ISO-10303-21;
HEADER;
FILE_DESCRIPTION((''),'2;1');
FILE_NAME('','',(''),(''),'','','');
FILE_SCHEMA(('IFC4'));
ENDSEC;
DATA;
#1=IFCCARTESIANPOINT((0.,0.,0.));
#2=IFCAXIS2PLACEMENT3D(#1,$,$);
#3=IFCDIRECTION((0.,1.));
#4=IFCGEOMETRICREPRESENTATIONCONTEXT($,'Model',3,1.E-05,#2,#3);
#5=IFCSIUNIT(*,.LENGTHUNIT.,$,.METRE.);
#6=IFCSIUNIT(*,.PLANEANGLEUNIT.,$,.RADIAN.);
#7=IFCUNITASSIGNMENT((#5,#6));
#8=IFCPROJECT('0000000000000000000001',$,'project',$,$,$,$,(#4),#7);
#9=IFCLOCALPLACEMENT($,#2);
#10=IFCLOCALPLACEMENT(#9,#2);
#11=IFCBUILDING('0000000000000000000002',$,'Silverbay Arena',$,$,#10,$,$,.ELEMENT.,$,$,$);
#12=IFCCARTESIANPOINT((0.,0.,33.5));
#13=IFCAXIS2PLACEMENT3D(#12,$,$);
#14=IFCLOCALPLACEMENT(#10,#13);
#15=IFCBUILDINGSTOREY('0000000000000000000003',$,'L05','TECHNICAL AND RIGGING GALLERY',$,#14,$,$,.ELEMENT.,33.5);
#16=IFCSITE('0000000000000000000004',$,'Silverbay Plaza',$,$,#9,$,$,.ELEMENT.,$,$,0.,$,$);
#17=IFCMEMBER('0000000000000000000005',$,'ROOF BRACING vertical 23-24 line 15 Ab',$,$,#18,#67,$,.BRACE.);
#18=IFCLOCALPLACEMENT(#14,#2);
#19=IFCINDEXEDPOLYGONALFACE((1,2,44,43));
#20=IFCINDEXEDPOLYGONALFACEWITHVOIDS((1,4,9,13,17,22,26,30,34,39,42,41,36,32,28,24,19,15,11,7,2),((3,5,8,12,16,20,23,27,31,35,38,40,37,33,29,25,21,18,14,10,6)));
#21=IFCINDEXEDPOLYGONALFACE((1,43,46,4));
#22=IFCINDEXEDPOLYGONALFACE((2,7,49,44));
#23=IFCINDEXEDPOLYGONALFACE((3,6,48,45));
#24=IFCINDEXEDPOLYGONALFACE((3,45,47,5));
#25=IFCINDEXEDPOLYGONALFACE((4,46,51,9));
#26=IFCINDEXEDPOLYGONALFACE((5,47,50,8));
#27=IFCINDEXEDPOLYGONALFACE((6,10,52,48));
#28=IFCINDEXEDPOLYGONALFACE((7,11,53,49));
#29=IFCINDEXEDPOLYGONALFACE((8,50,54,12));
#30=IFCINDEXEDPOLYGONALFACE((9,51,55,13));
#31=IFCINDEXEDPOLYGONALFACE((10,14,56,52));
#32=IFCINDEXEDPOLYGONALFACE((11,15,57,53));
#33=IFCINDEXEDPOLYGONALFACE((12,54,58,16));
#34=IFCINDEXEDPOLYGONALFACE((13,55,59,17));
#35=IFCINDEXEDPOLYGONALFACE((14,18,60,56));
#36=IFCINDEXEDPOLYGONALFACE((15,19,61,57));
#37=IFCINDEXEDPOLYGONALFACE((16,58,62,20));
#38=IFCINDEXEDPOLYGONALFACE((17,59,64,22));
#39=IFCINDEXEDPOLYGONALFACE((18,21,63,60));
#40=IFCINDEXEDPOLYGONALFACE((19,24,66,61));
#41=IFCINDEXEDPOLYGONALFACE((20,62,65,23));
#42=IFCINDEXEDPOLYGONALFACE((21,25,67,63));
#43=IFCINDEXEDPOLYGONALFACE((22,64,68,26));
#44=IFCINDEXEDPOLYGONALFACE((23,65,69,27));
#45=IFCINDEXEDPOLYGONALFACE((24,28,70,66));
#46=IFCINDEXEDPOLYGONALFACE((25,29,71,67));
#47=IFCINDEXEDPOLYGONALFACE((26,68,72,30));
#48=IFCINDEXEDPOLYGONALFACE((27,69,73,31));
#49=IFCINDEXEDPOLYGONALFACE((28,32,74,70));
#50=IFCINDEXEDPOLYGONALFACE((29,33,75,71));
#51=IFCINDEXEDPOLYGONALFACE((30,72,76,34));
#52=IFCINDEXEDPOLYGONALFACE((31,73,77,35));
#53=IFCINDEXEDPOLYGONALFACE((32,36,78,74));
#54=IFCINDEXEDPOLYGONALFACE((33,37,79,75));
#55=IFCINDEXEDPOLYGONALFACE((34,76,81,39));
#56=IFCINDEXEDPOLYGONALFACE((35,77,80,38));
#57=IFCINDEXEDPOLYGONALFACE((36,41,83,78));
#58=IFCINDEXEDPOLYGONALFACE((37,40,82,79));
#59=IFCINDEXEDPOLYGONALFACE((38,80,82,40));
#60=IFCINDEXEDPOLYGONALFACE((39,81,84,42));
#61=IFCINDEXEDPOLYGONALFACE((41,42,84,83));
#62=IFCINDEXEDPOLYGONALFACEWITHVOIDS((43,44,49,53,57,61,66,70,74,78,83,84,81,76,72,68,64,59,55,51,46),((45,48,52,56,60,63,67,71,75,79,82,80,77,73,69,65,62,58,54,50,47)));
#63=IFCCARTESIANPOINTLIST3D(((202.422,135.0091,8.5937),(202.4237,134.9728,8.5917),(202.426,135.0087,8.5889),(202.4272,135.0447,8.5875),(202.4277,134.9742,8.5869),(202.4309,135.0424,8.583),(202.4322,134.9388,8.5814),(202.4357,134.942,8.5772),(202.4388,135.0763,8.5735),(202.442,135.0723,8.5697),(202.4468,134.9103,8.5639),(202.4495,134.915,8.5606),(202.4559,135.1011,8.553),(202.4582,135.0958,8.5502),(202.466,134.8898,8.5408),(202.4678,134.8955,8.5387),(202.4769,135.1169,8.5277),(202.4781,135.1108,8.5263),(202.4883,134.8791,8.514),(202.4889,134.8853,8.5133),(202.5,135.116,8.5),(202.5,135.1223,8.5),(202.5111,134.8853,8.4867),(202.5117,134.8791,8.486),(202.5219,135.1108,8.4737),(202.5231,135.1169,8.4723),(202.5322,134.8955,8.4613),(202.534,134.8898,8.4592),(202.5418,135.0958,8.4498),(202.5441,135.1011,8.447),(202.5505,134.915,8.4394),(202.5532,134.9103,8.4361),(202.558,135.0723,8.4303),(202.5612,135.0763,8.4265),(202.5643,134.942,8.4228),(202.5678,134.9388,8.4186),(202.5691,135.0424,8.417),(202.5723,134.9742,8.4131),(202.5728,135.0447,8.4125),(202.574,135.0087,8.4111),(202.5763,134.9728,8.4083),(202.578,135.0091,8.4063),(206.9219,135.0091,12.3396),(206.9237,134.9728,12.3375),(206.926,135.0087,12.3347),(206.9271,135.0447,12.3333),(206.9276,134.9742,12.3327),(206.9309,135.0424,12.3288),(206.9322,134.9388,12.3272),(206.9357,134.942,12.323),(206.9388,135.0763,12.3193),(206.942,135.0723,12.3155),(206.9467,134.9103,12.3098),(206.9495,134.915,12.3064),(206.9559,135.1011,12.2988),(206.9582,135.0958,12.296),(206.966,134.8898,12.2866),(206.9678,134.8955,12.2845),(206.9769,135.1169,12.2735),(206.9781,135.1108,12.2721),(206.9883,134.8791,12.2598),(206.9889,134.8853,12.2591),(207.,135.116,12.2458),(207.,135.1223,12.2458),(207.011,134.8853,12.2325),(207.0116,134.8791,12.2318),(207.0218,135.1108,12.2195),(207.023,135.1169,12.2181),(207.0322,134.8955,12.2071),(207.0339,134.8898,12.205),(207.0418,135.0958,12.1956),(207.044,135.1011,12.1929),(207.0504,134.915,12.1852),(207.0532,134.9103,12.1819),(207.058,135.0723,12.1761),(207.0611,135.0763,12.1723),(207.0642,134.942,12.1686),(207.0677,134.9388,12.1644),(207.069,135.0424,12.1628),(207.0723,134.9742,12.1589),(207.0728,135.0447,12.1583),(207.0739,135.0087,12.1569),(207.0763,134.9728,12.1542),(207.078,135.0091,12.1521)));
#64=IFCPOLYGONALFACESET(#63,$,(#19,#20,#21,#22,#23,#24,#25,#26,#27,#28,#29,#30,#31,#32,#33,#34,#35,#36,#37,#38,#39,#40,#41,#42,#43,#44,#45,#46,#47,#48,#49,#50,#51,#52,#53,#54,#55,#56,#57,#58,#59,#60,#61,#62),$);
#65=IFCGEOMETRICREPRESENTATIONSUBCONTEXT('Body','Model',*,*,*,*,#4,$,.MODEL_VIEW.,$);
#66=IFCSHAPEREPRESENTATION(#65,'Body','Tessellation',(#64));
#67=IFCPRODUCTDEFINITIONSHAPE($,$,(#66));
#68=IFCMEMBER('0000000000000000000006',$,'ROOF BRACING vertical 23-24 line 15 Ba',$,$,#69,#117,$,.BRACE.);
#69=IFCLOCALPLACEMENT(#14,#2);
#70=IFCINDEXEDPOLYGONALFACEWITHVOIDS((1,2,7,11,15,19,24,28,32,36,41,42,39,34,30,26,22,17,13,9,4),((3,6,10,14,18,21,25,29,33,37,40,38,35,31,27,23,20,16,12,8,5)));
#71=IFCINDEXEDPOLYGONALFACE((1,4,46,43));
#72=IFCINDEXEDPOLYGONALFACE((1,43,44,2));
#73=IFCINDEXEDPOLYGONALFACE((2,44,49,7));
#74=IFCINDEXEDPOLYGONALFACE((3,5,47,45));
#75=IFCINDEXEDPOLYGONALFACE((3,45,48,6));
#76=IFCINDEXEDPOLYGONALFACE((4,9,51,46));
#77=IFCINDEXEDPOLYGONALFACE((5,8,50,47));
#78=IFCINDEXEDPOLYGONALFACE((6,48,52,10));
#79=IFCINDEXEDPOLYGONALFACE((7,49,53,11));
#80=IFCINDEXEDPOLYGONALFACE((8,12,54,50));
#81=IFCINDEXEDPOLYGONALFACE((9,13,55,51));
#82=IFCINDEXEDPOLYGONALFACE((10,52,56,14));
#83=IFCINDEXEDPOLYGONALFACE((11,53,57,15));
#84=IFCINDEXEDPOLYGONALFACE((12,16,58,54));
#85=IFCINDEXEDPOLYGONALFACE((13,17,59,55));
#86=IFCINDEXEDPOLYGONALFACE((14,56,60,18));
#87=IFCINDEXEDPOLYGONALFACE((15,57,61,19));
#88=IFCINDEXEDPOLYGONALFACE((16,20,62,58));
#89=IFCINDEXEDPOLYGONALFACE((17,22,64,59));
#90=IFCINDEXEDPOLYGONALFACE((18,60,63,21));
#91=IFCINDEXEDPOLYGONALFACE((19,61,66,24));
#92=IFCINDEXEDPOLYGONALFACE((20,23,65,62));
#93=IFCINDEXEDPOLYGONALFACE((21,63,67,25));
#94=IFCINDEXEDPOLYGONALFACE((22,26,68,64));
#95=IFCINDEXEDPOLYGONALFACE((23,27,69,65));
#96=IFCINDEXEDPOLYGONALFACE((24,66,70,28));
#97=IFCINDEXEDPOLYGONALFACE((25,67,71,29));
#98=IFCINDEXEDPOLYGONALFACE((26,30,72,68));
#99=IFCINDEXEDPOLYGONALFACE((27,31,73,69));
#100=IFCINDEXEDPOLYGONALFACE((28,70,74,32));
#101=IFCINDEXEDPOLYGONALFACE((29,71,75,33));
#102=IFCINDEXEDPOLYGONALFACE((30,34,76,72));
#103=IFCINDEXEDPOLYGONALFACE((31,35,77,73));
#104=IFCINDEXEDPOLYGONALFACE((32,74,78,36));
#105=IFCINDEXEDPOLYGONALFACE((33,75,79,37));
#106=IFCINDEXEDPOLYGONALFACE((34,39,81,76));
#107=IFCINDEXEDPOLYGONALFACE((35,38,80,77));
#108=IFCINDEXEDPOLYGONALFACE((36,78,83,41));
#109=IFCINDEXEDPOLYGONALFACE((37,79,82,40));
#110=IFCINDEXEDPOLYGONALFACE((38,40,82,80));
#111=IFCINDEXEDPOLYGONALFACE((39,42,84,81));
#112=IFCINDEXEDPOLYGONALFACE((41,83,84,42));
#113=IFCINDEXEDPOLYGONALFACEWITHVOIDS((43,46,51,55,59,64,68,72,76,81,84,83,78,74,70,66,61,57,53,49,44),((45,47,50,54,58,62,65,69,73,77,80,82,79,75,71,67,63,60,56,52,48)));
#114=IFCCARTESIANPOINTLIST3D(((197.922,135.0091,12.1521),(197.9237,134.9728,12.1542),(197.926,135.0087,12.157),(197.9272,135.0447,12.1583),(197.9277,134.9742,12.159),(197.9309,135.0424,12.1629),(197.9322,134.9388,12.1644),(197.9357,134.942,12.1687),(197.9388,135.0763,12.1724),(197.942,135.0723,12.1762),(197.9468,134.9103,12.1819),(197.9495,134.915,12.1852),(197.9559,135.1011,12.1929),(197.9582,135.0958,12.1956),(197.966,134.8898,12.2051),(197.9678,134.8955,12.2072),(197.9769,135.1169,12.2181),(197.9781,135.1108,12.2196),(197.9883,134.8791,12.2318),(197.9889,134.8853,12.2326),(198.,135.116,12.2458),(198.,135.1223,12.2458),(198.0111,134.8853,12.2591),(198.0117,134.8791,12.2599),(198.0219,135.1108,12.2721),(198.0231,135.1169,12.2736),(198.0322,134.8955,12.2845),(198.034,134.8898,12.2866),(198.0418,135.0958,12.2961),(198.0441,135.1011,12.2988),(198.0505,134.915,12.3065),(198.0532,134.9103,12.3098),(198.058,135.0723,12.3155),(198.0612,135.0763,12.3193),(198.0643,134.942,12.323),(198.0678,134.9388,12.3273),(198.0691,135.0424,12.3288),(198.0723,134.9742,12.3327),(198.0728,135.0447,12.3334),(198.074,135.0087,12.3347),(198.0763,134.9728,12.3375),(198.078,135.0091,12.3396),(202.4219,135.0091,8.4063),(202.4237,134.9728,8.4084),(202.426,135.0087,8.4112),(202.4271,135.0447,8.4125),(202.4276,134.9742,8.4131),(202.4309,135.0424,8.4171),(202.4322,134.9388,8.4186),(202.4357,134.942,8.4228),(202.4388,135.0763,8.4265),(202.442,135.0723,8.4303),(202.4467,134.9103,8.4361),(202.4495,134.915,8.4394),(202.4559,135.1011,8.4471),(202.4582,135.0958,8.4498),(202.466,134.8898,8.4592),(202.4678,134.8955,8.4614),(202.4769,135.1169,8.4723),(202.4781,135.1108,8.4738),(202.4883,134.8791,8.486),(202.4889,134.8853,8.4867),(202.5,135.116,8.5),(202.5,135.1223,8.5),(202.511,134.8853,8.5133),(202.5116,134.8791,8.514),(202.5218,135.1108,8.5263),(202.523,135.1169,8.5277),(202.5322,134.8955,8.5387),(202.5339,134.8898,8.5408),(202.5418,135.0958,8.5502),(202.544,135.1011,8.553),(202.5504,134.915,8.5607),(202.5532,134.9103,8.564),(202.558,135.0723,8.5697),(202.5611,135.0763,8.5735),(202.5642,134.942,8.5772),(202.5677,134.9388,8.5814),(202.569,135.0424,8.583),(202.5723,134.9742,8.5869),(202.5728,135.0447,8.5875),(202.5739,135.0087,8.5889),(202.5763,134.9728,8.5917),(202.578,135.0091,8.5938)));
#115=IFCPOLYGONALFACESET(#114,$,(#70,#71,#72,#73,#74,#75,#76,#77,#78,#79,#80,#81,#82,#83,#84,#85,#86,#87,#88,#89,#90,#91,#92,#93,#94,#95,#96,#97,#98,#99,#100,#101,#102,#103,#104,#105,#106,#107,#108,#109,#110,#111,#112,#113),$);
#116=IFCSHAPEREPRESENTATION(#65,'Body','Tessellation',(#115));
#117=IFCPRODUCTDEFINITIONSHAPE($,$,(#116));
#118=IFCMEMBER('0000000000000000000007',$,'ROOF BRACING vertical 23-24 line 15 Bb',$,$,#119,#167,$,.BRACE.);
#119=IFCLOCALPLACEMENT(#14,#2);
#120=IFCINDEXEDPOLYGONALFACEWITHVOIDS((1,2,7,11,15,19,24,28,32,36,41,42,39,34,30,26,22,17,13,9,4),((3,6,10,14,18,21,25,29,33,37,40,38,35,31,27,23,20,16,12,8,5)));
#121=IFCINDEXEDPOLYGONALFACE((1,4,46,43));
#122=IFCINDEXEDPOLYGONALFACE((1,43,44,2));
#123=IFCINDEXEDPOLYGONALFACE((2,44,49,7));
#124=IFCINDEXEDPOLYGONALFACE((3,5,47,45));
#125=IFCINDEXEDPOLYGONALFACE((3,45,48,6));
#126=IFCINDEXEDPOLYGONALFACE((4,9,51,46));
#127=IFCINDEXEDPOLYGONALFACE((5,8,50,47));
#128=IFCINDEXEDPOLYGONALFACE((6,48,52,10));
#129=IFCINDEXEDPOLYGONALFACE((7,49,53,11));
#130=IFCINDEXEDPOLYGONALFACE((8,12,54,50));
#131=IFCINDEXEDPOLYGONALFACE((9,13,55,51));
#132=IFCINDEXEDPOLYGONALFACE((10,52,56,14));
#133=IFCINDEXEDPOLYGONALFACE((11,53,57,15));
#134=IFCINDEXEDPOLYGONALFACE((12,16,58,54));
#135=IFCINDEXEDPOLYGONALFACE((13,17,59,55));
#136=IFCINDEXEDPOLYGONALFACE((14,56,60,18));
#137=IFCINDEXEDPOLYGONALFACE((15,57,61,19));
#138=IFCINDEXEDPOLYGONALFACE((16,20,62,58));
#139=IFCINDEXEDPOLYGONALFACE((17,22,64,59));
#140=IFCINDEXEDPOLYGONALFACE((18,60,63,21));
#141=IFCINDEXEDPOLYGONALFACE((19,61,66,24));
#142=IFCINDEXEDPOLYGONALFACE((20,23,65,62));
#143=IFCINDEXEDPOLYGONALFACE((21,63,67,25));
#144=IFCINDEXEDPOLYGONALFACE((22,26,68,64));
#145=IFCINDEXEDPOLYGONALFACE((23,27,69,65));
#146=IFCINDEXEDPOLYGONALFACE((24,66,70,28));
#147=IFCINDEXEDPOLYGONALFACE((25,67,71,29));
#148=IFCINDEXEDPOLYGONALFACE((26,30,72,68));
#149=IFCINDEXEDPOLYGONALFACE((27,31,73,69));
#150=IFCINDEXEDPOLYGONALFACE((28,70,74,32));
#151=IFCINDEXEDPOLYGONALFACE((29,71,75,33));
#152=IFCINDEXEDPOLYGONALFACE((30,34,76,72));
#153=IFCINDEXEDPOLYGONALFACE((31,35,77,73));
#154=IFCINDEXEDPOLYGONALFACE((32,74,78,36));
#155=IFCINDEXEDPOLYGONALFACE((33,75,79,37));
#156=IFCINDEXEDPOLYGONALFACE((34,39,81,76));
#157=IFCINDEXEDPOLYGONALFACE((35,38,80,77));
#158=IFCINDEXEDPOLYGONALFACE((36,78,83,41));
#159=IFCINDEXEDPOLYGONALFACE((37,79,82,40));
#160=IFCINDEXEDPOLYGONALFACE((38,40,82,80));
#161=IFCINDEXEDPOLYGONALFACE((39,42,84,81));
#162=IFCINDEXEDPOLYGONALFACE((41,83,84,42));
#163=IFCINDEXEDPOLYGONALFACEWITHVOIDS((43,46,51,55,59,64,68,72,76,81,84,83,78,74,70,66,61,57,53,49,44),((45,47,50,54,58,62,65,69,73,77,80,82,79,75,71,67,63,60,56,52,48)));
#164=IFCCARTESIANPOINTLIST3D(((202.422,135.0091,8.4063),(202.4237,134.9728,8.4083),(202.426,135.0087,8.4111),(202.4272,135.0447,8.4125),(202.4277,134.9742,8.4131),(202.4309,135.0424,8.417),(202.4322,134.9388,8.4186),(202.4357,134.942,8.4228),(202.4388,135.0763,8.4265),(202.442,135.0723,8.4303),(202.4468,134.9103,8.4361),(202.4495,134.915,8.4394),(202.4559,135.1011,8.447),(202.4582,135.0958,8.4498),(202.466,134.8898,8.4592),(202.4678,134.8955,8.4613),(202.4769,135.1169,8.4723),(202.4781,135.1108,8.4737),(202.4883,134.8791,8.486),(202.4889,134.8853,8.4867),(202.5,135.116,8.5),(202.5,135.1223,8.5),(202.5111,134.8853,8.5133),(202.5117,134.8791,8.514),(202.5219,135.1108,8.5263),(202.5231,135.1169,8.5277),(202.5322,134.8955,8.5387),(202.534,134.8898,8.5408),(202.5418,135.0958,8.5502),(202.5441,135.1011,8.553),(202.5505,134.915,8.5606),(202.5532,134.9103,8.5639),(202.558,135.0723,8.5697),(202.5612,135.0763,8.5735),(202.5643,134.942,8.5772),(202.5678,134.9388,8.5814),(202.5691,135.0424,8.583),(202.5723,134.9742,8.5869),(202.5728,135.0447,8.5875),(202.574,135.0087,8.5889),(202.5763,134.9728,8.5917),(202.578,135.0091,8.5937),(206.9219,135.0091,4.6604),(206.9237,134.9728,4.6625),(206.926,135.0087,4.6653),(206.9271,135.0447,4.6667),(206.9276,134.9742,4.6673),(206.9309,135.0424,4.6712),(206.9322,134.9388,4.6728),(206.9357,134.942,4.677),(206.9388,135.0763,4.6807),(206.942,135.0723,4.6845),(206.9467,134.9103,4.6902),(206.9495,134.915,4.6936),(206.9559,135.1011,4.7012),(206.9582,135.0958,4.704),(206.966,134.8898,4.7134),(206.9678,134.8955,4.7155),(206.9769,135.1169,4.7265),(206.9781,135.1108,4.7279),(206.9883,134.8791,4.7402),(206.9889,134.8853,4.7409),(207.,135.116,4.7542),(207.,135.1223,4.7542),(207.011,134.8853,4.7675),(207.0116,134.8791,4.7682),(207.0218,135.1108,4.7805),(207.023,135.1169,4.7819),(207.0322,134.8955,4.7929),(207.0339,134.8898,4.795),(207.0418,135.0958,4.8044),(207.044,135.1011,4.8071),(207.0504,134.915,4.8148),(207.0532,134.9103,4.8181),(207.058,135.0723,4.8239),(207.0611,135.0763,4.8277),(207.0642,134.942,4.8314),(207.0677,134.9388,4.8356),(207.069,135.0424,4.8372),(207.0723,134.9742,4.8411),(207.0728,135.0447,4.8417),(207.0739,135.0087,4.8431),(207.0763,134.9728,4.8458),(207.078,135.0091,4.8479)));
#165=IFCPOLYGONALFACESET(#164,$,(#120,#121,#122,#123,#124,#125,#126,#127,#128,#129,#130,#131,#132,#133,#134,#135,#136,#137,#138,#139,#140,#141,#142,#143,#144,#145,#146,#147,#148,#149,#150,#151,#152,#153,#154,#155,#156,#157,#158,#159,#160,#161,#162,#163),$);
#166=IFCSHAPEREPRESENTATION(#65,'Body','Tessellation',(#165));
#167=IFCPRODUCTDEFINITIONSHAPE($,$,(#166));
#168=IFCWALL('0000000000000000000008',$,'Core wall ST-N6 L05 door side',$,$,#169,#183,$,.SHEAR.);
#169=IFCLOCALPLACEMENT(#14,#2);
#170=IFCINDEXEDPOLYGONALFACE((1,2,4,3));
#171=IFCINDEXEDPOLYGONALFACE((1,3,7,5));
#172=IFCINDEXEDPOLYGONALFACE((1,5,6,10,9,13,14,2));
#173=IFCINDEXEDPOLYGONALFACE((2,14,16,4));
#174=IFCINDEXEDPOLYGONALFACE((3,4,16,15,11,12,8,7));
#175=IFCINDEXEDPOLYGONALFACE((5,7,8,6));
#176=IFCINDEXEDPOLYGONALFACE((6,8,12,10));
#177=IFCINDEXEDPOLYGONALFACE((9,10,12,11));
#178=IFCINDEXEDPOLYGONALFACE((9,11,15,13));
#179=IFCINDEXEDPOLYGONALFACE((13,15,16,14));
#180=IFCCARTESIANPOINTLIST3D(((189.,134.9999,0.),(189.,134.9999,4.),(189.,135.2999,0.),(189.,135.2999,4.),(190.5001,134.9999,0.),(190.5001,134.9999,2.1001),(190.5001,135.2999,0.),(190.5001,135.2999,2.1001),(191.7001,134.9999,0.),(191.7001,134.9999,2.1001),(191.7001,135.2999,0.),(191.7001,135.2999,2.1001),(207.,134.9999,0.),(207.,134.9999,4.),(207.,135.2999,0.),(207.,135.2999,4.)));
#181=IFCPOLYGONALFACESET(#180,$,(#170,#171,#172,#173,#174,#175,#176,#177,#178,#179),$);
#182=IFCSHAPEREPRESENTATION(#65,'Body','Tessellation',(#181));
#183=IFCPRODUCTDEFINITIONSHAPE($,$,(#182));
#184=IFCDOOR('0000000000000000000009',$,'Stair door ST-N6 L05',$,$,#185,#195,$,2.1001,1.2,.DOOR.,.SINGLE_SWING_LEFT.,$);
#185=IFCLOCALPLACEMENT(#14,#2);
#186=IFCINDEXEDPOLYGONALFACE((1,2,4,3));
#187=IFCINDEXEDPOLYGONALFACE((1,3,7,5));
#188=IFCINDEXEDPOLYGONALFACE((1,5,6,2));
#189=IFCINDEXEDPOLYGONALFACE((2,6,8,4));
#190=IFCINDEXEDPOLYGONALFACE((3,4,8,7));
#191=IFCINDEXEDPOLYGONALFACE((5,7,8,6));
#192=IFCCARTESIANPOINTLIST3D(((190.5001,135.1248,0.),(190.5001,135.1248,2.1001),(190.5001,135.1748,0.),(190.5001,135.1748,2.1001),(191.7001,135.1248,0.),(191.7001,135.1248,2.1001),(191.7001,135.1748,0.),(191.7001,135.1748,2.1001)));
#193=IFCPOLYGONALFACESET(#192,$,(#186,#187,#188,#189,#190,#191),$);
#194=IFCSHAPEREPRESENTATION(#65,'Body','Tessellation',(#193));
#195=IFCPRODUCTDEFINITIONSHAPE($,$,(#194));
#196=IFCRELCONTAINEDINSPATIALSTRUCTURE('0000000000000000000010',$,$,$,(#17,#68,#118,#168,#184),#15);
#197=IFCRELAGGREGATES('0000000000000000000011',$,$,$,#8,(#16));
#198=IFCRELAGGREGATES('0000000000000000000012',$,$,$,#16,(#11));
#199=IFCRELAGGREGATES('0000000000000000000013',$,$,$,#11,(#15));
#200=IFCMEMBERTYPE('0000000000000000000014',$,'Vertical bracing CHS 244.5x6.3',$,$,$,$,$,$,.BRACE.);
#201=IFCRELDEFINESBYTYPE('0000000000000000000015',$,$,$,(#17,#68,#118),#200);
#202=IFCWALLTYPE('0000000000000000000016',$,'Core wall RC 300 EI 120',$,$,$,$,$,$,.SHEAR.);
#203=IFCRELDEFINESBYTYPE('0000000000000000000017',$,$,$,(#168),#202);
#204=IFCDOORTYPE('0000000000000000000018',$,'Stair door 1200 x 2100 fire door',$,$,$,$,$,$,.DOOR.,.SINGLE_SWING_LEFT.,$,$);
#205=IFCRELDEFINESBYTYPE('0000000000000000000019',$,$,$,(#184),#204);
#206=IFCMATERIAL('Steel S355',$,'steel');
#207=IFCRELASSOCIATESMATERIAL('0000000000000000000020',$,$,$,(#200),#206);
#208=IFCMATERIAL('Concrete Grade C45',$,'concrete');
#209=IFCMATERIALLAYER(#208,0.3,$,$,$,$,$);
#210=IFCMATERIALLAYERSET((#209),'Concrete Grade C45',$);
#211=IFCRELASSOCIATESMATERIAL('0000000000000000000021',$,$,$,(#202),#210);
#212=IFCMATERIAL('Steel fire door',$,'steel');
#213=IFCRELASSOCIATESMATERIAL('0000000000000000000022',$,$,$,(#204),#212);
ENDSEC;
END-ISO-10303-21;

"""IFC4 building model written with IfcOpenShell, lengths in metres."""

from ifc_helpers import new_model, si_unit, direction, frame, frame_2d, origin, origin_2d, place, context, subcontext, project, spatial, rectangle, hollow_circle, extrude, material, layer, layer_set, material_profile, profile_set, type_object, element, fill, save


model = new_model("IFC4")

# Units and contexts
model_context = context("Model", 3, precision=1e-05, world=origin(), true_north=direction((0.0, 1.0)))
body_context = subcontext(model_context, "Body", "Model", "MODEL_VIEW")
ifc_project = project(units=[si_unit("LENGTHUNIT", "METRE"), si_unit("PLANEANGLEUNIT", "RADIAN")], contexts=[model_context])

# Site, building, storey
site_placement = place(None, origin())
site = spatial("IfcSite", under=ifc_project, at=site_placement, Name="Silverbay Plaza", CompositionType="ELEMENT", RefElevation=0.0)
building_placement = place(site_placement, origin())
building = spatial("IfcBuilding", under=site, at=building_placement, Name="Silverbay Arena", CompositionType="ELEMENT")
storey_placement = place(building_placement, frame((0.0, 0.0, 33.5)))
storey = spatial("IfcBuildingStorey", under=building, at=storey_placement, Name="L05", Description="TECHNICAL AND RIGGING GALLERY", CompositionType="ELEMENT", Elevation=33.5)

# Members
ifc_material_1 = material(Name="Steel S355", Category="steel")
ifc_material_profile_1 = material_profile(ifc_material_1, hollow_circle(Radius=0.1223, WallThickness=0.0063, at=origin_2d()), Name="CHS 244.5x6.3")
ifc_profile_set_1 = profile_set([ifc_material_profile_1], Name="Steel S355")
member_type_1 = type_object("IfcMemberType", Name="Vertical bracing CHS 244.5x6.3", PredefinedType="BRACE", material=ifc_profile_set_1)
for number, where, z_axis, x_axis, name in (
    (1, (202.5, 135.0, 8.5), (0.76857, 0.0, 0.639766), (0.0, 1.0, 0.0), "ROOF BRACING vertical 23-24 line 15 Ab"),
    (2, (198.0, 135.0, 12.2458), (0.76857, 0.0, -0.639766), (0.0, 1.0, 0.0), "ROOF BRACING vertical 23-24 line 15 Ba"),
    (3, (202.5, 135.0, 8.5), (0.76857, 0.0, -0.639766), (0.0, 1.0, 0.0), "ROOF BRACING vertical 23-24 line 15 Bb"),
):
    element("IfcMember", number, at=place(storey_placement, frame(where, z_axis=z_axis, x_axis=x_axis)), inside=storey, type_object=member_type_1, Name=name, PredefinedType="BRACE", context=body_context, shape_type="SweptSolid", body=[
        extrude(hollow_circle(Radius=0.1223, WallThickness=0.0063, at=origin_2d()), origin(), (0.0, 0.0, 1.0), 5.855),
    ])

# Wall, opening, door
ifc_material_2 = material(Name="Concrete Grade C45", Category="concrete")
ifc_layer = layer(ifc_material_2, 0.3)
ifc_layer_set = layer_set([ifc_layer], Name="Concrete Grade C45")
wall_type = type_object("IfcWallType", Name="Core wall RC 300 EI 120", PredefinedType="SHEAR", material=ifc_layer_set)
wall_placement = place(storey_placement, frame((189.0, 135.1499, 0.0), z_axis=(0.0, 0.0, 1.0), x_axis=(1.0, 0.0, 0.0)))
wall = element("IfcWall", 4, at=wall_placement, inside=storey, type_object=wall_type, Name="Core wall ST-N6 L05 door side", PredefinedType="SHEAR", context=body_context, shape_type="SweptSolid", body=[
    extrude(rectangle(XDim=18.0, YDim=0.3, at=frame_2d((9.0, 0.0))), origin(), (0.0, 0.0, 1.0), 4.0),
])
opening_placement = place(wall_placement, frame((1.5, 0.0, 0.0)))
opening = element("IfcOpeningElement", 5, at=opening_placement, cuts=wall, PredefinedType="OPENING", context=body_context, shape_type="SweptSolid", body=[
    extrude(rectangle(XDim=1.2, YDim=2.1001, at=frame_2d((0.6001, 1.05))), frame((0.0, 0.1602, 0.0), z_axis=(0.0, -1.0, 0.0), x_axis=(1.0, 0.0, 0.0)), (0.0, 0.0, 1.0), 0.3201),
])
ifc_material_3 = material(Name="Steel fire door", Category="steel")
door_type = type_object("IfcDoorType", Name="Stair door 1200 x 2100 fire door", OperationType="SINGLE_SWING_LEFT", PredefinedType="DOOR", material=ifc_material_3)
door_placement = place(opening_placement, origin())
door = element("IfcDoor", 6, at=door_placement, inside=storey, type_object=door_type, Name="Stair door ST-N6 L05", OperationType="SINGLE_SWING_LEFT", OverallHeight=2.1001, OverallWidth=1.2, PredefinedType="DOOR", context=body_context, shape_type="SweptSolid", body=[
    extrude(rectangle(XDim=1.2, YDim=2.1001, at=frame_2d((0.6001, 1.05))), frame((0.0, 0.0249, 0.0), z_axis=(0.0, -1.0, 0.0), x_axis=(1.0, 0.0, 0.0)), (0.0, 0.0, 1.0), 0.05),
])
fill(opening, door)

save(model, "model.ifc")
